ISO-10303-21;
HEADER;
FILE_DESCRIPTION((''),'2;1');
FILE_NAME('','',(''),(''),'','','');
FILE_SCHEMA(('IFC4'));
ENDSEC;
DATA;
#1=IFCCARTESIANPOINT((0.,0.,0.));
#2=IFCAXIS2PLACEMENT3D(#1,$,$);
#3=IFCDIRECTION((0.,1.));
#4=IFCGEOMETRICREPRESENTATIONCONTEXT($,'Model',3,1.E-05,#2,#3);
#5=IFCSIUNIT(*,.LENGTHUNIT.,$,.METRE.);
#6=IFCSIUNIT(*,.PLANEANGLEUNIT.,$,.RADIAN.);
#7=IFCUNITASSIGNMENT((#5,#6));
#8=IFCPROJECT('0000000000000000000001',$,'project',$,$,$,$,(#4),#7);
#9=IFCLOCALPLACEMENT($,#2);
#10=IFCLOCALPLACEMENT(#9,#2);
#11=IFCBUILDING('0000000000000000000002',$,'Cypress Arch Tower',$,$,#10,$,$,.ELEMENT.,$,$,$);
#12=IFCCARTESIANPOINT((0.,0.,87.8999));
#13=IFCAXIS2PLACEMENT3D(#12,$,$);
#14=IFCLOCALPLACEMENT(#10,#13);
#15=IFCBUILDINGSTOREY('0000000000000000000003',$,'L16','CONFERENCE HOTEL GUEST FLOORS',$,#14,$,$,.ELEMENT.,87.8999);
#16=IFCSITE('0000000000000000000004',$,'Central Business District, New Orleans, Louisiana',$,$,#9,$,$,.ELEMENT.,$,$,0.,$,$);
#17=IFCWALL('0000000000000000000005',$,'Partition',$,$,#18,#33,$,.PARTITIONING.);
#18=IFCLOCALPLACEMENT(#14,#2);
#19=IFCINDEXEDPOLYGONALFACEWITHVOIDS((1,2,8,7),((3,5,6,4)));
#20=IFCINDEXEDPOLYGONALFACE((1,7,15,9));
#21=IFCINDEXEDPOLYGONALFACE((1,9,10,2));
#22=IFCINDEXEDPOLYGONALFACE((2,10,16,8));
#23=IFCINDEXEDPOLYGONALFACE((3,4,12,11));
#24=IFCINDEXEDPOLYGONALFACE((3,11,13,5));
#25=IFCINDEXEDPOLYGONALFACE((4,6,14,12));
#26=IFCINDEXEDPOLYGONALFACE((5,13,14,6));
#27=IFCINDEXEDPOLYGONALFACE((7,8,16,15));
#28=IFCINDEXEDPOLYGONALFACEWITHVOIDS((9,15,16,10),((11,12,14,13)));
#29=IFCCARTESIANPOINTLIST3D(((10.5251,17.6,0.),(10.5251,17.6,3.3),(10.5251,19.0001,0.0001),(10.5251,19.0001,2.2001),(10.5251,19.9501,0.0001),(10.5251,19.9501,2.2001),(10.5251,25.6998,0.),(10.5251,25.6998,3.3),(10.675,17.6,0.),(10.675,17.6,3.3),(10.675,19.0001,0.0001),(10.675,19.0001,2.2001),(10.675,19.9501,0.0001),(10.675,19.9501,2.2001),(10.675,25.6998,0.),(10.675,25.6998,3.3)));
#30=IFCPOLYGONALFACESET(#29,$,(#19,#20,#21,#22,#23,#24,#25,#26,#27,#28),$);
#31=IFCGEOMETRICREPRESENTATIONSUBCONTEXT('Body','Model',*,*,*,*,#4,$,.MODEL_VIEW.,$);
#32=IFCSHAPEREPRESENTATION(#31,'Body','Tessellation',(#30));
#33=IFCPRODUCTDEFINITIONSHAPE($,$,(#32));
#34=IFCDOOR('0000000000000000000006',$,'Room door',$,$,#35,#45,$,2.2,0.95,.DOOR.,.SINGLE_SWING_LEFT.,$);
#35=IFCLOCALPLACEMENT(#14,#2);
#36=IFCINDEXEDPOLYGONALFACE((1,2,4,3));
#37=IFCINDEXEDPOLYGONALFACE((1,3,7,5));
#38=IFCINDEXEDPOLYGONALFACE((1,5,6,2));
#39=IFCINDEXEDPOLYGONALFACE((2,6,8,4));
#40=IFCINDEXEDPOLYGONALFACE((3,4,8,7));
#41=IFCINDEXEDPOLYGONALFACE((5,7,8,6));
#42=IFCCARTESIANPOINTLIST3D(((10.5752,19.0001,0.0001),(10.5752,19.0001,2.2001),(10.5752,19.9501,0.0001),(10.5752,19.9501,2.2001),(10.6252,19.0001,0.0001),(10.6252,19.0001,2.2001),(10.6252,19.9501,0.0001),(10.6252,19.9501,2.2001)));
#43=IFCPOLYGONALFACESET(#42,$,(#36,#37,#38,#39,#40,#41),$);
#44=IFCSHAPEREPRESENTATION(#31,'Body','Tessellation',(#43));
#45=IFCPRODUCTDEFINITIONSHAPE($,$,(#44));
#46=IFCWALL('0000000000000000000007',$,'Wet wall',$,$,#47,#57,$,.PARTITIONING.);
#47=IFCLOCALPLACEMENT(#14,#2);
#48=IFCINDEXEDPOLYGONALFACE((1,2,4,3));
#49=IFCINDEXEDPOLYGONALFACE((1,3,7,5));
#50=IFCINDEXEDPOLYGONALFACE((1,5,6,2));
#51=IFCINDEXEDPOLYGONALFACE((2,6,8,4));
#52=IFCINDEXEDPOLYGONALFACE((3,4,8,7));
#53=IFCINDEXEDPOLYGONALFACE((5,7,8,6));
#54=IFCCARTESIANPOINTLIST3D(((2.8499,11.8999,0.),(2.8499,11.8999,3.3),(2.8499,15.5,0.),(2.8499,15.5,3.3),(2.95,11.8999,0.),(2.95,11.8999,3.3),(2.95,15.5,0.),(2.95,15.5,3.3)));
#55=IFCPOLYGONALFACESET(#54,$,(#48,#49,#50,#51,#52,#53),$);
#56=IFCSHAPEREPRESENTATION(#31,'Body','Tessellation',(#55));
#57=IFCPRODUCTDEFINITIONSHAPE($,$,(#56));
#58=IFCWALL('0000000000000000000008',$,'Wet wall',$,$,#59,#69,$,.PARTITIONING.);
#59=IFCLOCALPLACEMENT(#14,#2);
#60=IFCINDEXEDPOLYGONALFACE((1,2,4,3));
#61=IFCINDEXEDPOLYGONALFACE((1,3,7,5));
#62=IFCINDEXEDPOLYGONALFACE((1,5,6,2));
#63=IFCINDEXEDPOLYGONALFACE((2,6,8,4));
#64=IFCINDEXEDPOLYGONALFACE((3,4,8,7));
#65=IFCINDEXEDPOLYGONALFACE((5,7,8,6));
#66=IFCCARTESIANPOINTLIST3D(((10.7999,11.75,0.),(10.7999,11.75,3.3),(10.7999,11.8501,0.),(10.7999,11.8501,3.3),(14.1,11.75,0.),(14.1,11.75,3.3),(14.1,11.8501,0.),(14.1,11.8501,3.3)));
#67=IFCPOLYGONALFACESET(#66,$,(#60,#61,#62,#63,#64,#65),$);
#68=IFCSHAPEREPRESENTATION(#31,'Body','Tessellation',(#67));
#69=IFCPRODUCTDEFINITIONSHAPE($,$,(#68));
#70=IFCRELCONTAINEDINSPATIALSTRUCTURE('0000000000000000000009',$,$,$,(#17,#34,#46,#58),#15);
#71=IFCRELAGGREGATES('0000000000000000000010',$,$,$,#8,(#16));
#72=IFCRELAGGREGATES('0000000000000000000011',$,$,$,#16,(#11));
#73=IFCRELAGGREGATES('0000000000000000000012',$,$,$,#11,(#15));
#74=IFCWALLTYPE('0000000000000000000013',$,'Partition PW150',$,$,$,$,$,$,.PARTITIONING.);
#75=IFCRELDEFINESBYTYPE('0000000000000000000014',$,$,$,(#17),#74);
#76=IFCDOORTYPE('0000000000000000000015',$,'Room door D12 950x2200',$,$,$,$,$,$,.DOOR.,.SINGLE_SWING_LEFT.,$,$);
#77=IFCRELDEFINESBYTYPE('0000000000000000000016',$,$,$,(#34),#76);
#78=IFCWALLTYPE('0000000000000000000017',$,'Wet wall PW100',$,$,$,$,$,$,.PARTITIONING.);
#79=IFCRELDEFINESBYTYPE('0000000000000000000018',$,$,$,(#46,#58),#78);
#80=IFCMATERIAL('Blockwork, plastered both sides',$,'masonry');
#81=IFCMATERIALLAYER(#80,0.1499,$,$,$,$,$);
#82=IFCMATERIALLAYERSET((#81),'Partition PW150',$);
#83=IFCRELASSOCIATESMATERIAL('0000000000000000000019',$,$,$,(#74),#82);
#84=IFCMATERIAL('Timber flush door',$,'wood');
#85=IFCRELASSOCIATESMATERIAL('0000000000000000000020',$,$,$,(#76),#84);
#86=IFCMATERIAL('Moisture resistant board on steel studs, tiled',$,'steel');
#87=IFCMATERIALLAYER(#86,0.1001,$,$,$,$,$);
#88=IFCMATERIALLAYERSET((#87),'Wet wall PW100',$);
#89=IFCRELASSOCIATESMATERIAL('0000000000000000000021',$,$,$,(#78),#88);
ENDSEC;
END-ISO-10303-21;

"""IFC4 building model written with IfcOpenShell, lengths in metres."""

from ifc_helpers import new_model, si_unit, direction, frame, frame_2d, origin, place, context, subcontext, project, spatial, rectangle, extrude, material, layer, layer_set, type_object, element, fill, save


model = new_model("IFC4")

# Units and contexts
model_context = context("Model", 3, precision=1e-05, world=origin(), true_north=direction((0.0, 1.0)))
body_context = subcontext(model_context, "Body", "Model", "MODEL_VIEW")
ifc_project = project(units=[si_unit("LENGTHUNIT", "METRE"), si_unit("PLANEANGLEUNIT", "RADIAN")], contexts=[model_context])

# Site, building, storey
site_placement = place(None, origin())
site = spatial("IfcSite", under=ifc_project, at=site_placement, Name="Central Business District, New Orleans, Louisiana", CompositionType="ELEMENT", RefElevation=0.0)
building_placement = place(site_placement, origin())
building = spatial("IfcBuilding", under=site, at=building_placement, Name="Cypress Arch Tower", CompositionType="ELEMENT")
storey_placement = place(building_placement, frame((0.0, 0.0, 87.8999)))
storey = spatial("IfcBuildingStorey", under=building, at=storey_placement, Name="L16", Description="CONFERENCE HOTEL GUEST FLOORS", CompositionType="ELEMENT", Elevation=87.8999)

# Shared definitions
ifc_material_1 = material(Name="Blockwork, plastered both sides", Category="masonry")
ifc_layer_1 = layer(ifc_material_1, 0.1499)
ifc_layer_set_1 = layer_set([ifc_layer_1], Name="Partition PW150")
wall_type_1 = type_object("IfcWallType", Name="Partition PW150", PredefinedType="PARTITIONING", material=ifc_layer_set_1)

# Wall, opening, door
wall_1_placement = place(storey_placement, frame((10.6001, 17.6001, 0.0), z_axis=(0.0, 0.0, 1.0), x_axis=(0.0, 1.0, 0.0)))
wall_1 = element("IfcWall", 1, at=wall_1_placement, inside=storey, type_object=wall_type_1, Name="Partition", PredefinedType="PARTITIONING", context=body_context, shape_type="SweptSolid", body=[
    extrude(rectangle(XDim=8.0999, YDim=0.1499, at=frame_2d((4.0498, 0.0))), origin(), (0.0, 0.0, 1.0), 3.3),
])
opening_1_placement = place(wall_1_placement, frame((1.3999, 0.0, 0.0)))
opening_1 = element("IfcOpeningElement", 2, at=opening_1_placement, cuts=wall_1, PredefinedType="OPENING", context=body_context, shape_type="SweptSolid", body=[
    extrude(rectangle(XDim=0.95, YDim=2.2, at=frame_2d((0.4751, 1.1001))), frame((0.0, 0.085, 0.0), z_axis=(0.0, -1.0, 0.0), x_axis=(1.0, 0.0, 0.0)), (0.0, 0.0, 1.0), 0.1699),
])
ifc_material_2 = material(Name="Timber flush door", Category="wood")
door_type_1 = type_object("IfcDoorType", Name="Room door D12 950x2200", OperationType="SINGLE_SWING_LEFT", PredefinedType="DOOR", material=ifc_material_2)
door_1_placement = place(opening_1_placement, origin())
door_1 = element("IfcDoor", 3, at=door_1_placement, inside=storey, type_object=door_type_1, Name="Room door", OperationType="SINGLE_SWING_LEFT", OverallHeight=2.2, OverallWidth=0.95, PredefinedType="DOOR", context=body_context, shape_type="SweptSolid", body=[
    extrude(rectangle(XDim=0.95, YDim=2.2, at=frame_2d((0.4751, 1.1001))), frame((0.0, 0.0249, 0.0), z_axis=(0.0, -1.0, 0.0), x_axis=(1.0, 0.0, 0.0)), (0.0, 0.0, 1.0), 0.05),
])
fill(opening_1, door_1)

# Walls
ifc_material_3 = material(Name="Moisture resistant board on steel studs, tiled", Category="steel")
ifc_layer_2 = layer(ifc_material_3, 0.1001)
ifc_layer_set_2 = layer_set([ifc_layer_2], Name="Wet wall PW100")
wall_type_2 = type_object("IfcWallType", Name="Wet wall PW100", PredefinedType="PARTITIONING", material=ifc_layer_set_2)
wall_2_placement = place(storey_placement, frame((2.8999, 11.8999, 0.0), z_axis=(0.0, 0.0, 1.0), x_axis=(0.0, 1.0, 0.0)))
element("IfcWall", 4, at=wall_2_placement, inside=storey, type_object=wall_type_2, Name="Wet wall", PredefinedType="PARTITIONING", context=body_context, shape_type="SweptSolid", body=[
    extrude(rectangle(XDim=3.6001, YDim=0.1001, at=frame_2d((1.8, 0.0))), origin(), (0.0, 0.0, 1.0), 3.3),
])
wall_3_placement = place(storey_placement, frame((10.8, 11.8, 0.0), z_axis=(0.0, 0.0, 1.0), x_axis=(1.0, 0.0, 0.0)))
element("IfcWall", 5, at=wall_3_placement, inside=storey, type_object=wall_type_2, Name="Wet wall", PredefinedType="PARTITIONING", context=body_context, shape_type="SweptSolid", body=[
    extrude(rectangle(XDim=3.3, YDim=0.1001, at=frame_2d((1.6499, 0.0))), origin(), (0.0, 0.0, 1.0), 3.3),
])

save(model, "model.ifc")
